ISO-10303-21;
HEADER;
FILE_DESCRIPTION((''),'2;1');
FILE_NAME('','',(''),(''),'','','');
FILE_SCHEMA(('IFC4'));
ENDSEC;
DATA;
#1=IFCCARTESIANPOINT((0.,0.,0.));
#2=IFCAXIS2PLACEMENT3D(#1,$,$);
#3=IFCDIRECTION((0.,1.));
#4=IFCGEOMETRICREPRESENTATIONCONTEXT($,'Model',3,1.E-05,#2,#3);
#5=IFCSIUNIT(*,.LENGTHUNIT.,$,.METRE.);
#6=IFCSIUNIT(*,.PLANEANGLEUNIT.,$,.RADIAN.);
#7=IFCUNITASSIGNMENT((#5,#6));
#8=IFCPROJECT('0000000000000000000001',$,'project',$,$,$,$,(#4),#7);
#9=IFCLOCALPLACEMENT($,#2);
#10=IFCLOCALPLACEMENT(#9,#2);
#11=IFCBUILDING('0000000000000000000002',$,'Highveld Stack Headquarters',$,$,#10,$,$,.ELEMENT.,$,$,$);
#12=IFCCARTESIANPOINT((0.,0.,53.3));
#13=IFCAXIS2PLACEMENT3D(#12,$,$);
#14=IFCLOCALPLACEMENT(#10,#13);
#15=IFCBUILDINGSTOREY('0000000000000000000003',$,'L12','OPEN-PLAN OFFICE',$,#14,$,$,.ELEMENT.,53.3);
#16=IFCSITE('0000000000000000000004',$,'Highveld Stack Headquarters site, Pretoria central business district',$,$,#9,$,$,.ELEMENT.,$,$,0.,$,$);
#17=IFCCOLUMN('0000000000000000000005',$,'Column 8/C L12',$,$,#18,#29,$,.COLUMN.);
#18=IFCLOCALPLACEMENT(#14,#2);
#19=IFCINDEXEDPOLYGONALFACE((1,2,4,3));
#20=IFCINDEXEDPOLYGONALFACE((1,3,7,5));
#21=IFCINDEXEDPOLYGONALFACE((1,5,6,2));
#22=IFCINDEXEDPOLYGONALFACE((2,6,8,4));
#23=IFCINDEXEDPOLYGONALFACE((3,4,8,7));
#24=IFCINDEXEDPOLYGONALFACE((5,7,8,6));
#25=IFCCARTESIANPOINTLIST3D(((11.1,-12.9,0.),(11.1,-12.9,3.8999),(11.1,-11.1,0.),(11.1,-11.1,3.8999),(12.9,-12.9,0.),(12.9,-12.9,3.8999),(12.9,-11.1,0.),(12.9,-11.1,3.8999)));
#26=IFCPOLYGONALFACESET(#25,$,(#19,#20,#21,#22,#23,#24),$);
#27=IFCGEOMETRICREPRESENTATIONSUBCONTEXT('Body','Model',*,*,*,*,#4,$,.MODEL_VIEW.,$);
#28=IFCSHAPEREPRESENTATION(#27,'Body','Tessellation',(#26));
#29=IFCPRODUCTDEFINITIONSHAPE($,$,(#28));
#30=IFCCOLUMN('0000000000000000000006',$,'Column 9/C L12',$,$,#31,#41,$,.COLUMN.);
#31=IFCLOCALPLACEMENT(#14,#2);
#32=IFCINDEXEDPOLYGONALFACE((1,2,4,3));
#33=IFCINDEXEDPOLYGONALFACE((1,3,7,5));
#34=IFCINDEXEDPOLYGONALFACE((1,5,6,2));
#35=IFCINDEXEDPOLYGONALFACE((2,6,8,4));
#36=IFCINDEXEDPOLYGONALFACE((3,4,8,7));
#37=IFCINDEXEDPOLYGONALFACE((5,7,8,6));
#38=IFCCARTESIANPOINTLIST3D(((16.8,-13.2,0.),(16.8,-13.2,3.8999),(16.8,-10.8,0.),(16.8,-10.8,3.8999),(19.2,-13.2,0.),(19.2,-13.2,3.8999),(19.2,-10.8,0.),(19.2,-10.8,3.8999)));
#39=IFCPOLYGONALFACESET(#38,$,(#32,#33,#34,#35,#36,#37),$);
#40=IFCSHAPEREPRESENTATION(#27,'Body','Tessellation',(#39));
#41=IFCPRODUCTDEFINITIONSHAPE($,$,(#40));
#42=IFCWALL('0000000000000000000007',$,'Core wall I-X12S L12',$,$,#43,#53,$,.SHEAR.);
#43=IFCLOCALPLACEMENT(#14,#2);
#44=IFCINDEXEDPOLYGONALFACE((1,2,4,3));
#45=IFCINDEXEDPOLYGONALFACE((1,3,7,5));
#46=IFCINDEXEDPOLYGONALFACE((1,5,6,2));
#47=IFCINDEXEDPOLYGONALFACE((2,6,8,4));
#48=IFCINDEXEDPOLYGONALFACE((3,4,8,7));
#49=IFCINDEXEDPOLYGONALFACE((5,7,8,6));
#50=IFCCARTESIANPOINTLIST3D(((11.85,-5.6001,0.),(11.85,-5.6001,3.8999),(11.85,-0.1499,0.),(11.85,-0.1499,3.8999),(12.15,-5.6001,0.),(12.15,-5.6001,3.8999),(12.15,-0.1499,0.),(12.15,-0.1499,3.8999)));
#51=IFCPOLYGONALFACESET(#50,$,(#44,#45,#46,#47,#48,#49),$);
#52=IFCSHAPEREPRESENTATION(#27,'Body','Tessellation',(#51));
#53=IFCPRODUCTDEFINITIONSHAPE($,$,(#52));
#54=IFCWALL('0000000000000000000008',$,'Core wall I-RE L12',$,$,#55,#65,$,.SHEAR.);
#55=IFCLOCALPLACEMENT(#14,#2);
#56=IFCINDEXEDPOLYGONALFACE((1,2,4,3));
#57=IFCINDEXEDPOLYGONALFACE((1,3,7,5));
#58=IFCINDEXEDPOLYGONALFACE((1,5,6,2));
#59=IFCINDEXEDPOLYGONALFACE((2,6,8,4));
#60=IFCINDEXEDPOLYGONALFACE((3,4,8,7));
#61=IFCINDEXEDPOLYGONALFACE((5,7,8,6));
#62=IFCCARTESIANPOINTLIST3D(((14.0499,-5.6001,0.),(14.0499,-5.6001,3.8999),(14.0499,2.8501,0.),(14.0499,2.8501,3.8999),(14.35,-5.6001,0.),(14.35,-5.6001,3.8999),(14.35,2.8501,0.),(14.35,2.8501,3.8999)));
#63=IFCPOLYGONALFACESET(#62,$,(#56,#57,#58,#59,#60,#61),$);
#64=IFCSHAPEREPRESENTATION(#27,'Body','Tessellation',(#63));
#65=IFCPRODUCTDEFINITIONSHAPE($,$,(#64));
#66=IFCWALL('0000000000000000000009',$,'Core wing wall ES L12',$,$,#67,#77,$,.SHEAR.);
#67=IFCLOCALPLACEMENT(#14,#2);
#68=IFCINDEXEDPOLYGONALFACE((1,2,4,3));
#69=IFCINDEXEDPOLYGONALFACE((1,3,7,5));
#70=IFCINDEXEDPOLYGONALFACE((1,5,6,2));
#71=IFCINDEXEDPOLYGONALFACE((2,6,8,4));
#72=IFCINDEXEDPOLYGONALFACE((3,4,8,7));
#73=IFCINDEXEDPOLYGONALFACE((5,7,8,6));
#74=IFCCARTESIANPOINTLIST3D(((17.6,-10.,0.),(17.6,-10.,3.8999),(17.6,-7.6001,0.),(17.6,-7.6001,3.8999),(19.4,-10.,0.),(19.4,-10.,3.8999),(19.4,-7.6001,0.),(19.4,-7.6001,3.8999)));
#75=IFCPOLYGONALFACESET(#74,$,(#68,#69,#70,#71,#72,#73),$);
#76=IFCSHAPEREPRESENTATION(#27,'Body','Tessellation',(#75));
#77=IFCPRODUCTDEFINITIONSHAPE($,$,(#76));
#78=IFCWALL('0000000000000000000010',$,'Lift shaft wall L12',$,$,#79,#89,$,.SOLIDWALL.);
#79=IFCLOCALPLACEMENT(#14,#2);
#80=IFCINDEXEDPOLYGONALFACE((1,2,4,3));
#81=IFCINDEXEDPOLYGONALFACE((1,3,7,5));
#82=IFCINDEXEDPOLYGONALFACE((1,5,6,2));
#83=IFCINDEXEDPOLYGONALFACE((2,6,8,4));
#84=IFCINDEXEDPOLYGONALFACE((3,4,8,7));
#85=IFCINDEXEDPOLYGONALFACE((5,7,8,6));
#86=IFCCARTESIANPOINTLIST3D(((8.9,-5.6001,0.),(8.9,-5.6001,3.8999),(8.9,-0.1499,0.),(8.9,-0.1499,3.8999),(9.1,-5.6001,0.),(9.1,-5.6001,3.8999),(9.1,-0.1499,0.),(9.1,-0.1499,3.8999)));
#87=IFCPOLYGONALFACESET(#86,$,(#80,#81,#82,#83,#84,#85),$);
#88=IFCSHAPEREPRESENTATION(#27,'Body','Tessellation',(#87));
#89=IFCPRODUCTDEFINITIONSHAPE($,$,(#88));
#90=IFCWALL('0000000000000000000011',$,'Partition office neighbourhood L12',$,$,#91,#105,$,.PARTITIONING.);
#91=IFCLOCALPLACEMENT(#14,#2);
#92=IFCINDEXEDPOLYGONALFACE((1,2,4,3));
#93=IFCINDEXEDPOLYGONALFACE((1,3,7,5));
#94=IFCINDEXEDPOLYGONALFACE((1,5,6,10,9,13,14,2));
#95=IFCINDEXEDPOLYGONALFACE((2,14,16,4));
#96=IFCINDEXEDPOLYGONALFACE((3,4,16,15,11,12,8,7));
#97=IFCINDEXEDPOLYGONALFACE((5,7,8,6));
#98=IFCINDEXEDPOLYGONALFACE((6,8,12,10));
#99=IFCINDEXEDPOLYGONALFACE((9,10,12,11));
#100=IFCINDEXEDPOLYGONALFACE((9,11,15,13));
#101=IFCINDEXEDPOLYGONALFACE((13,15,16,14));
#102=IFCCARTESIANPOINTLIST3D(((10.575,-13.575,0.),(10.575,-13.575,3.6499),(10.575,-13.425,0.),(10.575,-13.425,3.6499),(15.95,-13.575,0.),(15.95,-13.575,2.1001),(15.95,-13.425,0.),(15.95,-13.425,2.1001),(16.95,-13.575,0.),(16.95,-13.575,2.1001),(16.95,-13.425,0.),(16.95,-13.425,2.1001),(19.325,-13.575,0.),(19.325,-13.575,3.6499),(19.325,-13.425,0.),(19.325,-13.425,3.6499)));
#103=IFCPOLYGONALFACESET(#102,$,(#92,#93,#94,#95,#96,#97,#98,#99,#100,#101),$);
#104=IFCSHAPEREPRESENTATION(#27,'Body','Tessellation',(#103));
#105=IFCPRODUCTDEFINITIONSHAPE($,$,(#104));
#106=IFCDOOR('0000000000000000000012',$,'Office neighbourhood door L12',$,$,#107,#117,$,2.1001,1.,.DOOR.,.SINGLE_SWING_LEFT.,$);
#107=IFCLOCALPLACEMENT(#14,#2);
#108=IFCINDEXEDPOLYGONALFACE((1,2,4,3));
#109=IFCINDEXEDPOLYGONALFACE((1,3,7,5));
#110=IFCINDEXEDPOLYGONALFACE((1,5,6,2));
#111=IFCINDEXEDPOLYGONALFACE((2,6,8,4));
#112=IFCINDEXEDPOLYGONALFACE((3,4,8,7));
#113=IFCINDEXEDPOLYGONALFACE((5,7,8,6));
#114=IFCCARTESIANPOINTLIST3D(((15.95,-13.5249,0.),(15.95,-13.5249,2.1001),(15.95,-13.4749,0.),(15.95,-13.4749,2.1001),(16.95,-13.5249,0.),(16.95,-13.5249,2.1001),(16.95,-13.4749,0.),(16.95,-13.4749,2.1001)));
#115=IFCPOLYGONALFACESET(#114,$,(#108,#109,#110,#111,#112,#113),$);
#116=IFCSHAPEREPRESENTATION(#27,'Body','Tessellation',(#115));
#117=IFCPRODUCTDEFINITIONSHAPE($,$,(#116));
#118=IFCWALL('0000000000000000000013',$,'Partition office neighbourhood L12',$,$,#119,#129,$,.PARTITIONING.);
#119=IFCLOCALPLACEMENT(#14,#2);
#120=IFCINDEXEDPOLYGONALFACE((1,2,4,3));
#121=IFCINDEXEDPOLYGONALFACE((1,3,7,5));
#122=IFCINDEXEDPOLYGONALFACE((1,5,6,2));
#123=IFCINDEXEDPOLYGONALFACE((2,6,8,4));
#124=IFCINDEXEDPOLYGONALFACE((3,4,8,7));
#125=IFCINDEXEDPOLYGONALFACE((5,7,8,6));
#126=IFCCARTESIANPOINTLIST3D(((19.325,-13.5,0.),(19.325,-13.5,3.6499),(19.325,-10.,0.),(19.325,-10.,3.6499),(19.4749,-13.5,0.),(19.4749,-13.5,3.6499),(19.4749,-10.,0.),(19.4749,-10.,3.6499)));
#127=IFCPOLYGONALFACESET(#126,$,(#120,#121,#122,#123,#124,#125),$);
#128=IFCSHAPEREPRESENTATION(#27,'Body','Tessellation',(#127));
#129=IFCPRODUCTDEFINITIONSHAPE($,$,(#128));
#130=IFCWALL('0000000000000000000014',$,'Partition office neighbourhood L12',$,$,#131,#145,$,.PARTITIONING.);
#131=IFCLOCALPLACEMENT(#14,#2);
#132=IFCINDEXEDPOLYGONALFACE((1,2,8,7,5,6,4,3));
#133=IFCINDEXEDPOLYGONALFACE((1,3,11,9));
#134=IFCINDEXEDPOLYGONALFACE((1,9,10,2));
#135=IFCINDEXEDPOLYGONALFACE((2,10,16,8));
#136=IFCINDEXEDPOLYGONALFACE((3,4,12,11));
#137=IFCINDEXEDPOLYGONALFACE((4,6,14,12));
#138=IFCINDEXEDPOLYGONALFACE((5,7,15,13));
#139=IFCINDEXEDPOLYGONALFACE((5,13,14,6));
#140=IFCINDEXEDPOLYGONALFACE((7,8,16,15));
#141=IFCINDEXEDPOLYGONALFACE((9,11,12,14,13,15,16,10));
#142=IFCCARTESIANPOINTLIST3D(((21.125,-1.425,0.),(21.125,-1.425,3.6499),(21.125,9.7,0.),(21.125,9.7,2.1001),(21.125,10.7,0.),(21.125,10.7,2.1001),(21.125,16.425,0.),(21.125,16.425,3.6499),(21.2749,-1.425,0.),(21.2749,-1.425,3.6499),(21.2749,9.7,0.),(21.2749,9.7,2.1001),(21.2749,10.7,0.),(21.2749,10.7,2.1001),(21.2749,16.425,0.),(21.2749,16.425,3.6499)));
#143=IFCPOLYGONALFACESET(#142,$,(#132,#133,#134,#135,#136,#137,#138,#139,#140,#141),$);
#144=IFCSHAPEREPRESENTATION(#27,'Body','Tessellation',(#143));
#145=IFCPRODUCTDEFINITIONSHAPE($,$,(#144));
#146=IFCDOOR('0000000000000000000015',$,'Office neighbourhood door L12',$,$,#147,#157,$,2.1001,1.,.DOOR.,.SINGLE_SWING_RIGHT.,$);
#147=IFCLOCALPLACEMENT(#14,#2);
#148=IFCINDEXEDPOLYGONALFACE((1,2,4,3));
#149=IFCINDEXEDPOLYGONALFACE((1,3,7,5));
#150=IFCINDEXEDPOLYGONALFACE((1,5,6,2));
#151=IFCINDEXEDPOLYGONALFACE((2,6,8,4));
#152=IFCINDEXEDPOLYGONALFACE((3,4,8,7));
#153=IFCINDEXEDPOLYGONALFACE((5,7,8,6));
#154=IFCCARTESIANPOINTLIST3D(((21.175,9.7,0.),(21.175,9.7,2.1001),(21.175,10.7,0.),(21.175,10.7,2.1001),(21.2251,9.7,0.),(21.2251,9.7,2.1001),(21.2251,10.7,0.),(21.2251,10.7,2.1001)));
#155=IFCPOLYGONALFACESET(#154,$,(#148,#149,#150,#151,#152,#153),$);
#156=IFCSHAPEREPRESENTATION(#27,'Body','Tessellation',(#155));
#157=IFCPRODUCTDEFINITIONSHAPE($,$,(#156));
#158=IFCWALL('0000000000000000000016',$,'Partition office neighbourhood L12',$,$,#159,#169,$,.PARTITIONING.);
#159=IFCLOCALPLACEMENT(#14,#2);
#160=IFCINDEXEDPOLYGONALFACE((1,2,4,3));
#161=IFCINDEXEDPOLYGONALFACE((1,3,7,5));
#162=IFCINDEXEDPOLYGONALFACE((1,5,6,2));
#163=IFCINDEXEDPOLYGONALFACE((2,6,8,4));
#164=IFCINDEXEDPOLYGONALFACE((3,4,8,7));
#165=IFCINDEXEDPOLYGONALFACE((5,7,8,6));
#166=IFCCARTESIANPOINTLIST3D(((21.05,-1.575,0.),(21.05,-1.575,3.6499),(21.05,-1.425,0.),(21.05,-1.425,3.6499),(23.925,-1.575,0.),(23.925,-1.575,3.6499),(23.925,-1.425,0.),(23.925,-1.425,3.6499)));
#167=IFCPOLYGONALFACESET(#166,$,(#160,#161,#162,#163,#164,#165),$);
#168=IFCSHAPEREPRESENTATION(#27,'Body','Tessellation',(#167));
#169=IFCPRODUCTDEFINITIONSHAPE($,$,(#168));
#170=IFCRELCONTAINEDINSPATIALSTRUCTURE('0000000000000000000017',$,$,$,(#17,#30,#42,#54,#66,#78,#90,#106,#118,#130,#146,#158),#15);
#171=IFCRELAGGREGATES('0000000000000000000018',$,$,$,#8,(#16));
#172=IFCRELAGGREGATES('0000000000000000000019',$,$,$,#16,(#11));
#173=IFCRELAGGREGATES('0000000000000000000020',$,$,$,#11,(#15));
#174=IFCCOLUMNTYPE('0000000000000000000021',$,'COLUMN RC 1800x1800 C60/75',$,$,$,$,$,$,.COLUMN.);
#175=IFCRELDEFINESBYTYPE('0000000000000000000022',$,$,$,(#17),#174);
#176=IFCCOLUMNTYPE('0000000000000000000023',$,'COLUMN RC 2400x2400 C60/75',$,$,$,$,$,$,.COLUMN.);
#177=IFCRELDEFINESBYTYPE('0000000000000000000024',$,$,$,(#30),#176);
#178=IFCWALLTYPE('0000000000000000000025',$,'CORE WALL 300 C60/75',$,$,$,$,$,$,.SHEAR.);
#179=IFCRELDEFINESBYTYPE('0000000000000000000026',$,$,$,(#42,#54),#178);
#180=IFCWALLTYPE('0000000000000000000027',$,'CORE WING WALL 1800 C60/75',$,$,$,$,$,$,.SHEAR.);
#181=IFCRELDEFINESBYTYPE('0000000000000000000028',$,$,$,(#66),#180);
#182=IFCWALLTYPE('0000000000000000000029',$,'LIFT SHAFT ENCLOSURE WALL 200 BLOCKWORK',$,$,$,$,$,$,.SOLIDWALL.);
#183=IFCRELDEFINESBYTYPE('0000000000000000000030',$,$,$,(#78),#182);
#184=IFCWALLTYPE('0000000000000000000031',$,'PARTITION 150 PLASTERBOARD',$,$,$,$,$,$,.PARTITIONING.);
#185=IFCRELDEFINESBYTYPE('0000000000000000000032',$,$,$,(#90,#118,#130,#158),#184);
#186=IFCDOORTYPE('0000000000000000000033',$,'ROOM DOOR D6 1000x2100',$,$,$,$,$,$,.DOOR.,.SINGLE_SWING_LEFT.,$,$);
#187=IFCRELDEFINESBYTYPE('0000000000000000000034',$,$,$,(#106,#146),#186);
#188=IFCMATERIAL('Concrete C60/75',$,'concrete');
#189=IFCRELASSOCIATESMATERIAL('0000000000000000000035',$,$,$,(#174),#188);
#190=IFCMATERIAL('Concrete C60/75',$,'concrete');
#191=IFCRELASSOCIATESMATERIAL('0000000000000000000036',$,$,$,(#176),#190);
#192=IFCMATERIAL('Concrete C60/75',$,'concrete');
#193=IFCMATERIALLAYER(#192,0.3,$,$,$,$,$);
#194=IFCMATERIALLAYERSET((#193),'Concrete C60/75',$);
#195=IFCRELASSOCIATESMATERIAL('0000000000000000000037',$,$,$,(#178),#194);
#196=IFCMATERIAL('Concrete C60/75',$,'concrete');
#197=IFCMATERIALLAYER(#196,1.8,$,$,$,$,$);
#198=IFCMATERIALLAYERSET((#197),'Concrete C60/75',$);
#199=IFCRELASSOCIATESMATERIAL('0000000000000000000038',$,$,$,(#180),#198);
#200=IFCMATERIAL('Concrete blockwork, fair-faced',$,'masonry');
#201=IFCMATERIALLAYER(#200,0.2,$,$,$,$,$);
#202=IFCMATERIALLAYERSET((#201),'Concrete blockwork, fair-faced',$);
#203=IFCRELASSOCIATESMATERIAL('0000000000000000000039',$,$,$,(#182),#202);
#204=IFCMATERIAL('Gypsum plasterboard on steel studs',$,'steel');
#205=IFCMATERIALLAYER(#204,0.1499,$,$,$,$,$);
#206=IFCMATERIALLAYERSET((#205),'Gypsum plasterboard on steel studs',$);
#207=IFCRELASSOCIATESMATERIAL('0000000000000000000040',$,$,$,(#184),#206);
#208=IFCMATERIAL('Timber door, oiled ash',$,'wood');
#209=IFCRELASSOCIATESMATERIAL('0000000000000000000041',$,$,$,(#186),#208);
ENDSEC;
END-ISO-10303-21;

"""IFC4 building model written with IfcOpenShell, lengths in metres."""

from ifc_helpers import new_model, si_unit, direction, frame, frame_2d, origin, origin_2d, place, context, subcontext, project, spatial, rectangle, extrude, material, layer, layer_set, material_profile, profile_set, type_object, element, fill, save


model = new_model("IFC4")

# Units and contexts
model_context = context("Model", 3, precision=1e-05, world=origin(), true_north=direction((0.0, 1.0)))
body_context = subcontext(model_context, "Body", "Model", "MODEL_VIEW")
ifc_project = project(units=[si_unit("LENGTHUNIT", "METRE"), si_unit("PLANEANGLEUNIT", "RADIAN")], contexts=[model_context])

# Site, building, storey
site_placement = place(None, origin())
site = spatial("IfcSite", under=ifc_project, at=site_placement, Name="Highveld Stack Headquarters site, Pretoria central business district", CompositionType="ELEMENT", RefElevation=0.0)
building_placement = place(site_placement, origin())
building = spatial("IfcBuilding", under=site, at=building_placement, Name="Highveld Stack Headquarters", CompositionType="ELEMENT")
storey_placement = place(building_placement, frame((0.0, 0.0, 53.3)))
storey = spatial("IfcBuildingStorey", under=building, at=storey_placement, Name="L12", Description="OPEN-PLAN OFFICE", CompositionType="ELEMENT", Elevation=53.3)

# Columns
ifc_material_1 = material(Name="Concrete C60/75", Category="concrete")
ifc_material_profile_1 = material_profile(ifc_material_1, rectangle(XDim=1.8, YDim=1.8, at=origin_2d()), Name="RC 1800x1800")
ifc_profile_set_1 = profile_set([ifc_material_profile_1], Name="Concrete C60/75")
column_type_1 = type_object("IfcColumnType", Name="COLUMN RC 1800x1800 C60/75", PredefinedType="COLUMN", material=ifc_profile_set_1)
column_1_placement = place(storey_placement, frame((12.0, -12.0, 0.0), z_axis=(0.0, 0.0, 1.0), x_axis=(1.0, 0.0, 0.0)))
element("IfcColumn", 1, at=column_1_placement, inside=storey, type_object=column_type_1, Name="Column 8/C L12", PredefinedType="COLUMN", context=body_context, shape_type="SweptSolid", body=[
    extrude(rectangle(XDim=1.8, YDim=1.8, at=origin_2d()), origin(), (0.0, 0.0, 1.0), 3.8999),
])
ifc_material_2 = material(Name="Concrete C60/75", Category="concrete")
ifc_material_profile_2 = material_profile(ifc_material_2, rectangle(XDim=2.3999, YDim=2.3999, at=origin_2d()), Name="RC 2400x2400")
ifc_profile_set_2 = profile_set([ifc_material_profile_2], Name="Concrete C60/75")
column_type_2 = type_object("IfcColumnType", Name="COLUMN RC 2400x2400 C60/75", PredefinedType="COLUMN", material=ifc_profile_set_2)
column_2_placement = place(storey_placement, frame((18.0, -12.0, 0.0), z_axis=(0.0, 0.0, 1.0), x_axis=(1.0, 0.0, 0.0)))
element("IfcColumn", 2, at=column_2_placement, inside=storey, type_object=column_type_2, Name="Column 9/C L12", PredefinedType="COLUMN", context=body_context, shape_type="SweptSolid", body=[
    extrude(rectangle(XDim=2.3999, YDim=2.3999, at=origin_2d()), origin(), (0.0, 0.0, 1.0), 3.8999),
])

# Walls
ifc_material_3 = material(Name="Concrete C60/75", Category="concrete")
ifc_layer_1 = layer(ifc_material_3, 0.3)
ifc_layer_set_1 = layer_set([ifc_layer_1], Name="Concrete C60/75")
wall_type_1 = type_object("IfcWallType", Name="CORE WALL 300 C60/75", PredefinedType="SHEAR", material=ifc_layer_set_1)
wall_1_placement = place(storey_placement, frame((12.0, -5.6001, 0.0), z_axis=(0.0, 0.0, 1.0), x_axis=(0.0, 1.0, 0.0)))
element("IfcWall", 3, at=wall_1_placement, inside=storey, type_object=wall_type_1, Name="Core wall I-X12S L12", PredefinedType="SHEAR", context=body_context, shape_type="SweptSolid", body=[
    extrude(rectangle(XDim=5.4502, YDim=0.3, at=frame_2d((2.7251, 0.0))), origin(), (0.0, 0.0, 1.0), 3.8999),
])
wall_2_placement = place(storey_placement, frame((14.2, -5.6001, 0.0), z_axis=(0.0, 0.0, 1.0), x_axis=(0.0, 1.0, 0.0)))
element("IfcWall", 4, at=wall_2_placement, inside=storey, type_object=wall_type_1, Name="Core wall I-RE L12", PredefinedType="SHEAR", context=body_context, shape_type="SweptSolid", body=[
    extrude(rectangle(XDim=8.4502, YDim=0.3, at=frame_2d((4.2251, 0.0))), origin(), (0.0, 0.0, 1.0), 3.8999),
])
ifc_material_4 = material(Name="Concrete C60/75", Category="concrete")
ifc_layer_2 = layer(ifc_material_4, 1.8)
ifc_layer_set_2 = layer_set([ifc_layer_2], Name="Concrete C60/75")
wall_type_2 = type_object("IfcWallType", Name="CORE WING WALL 1800 C60/75", PredefinedType="SHEAR", material=ifc_layer_set_2)
wall_3_placement = place(storey_placement, frame((18.5, -10.0, 0.0), z_axis=(0.0, 0.0, 1.0), x_axis=(0.0, 1.0, 0.0)))
element("IfcWall", 5, at=wall_3_placement, inside=storey, type_object=wall_type_2, Name="Core wing wall ES L12", PredefinedType="SHEAR", context=body_context, shape_type="SweptSolid", body=[
    extrude(rectangle(XDim=2.3999, YDim=1.8, at=frame_2d((1.2, 0.0))), origin(), (0.0, 0.0, 1.0), 3.8999),
])
ifc_material_5 = material(Name="Concrete blockwork, fair-faced", Category="masonry")
ifc_layer_3 = layer(ifc_material_5, 0.2)
ifc_layer_set_3 = layer_set([ifc_layer_3], Name="Concrete blockwork, fair-faced")
wall_type_3 = type_object("IfcWallType", Name="LIFT SHAFT ENCLOSURE WALL 200 BLOCKWORK", PredefinedType="SOLIDWALL", material=ifc_layer_set_3)
wall_4_placement = place(storey_placement, frame((9.0, -5.6001, 0.0), z_axis=(0.0, 0.0, 1.0), x_axis=(0.0, 1.0, 0.0)))
element("IfcWall", 6, at=wall_4_placement, inside=storey, type_object=wall_type_3, Name="Lift shaft wall L12", PredefinedType="SOLIDWALL", context=body_context, shape_type="SweptSolid", body=[
    extrude(rectangle(XDim=5.4502, YDim=0.2, at=frame_2d((2.7251, 0.0))), origin(), (0.0, 0.0, 1.0), 3.8999),
])

# Wall, opening, door
ifc_material_6 = material(Name="Gypsum plasterboard on steel studs", Category="steel")
ifc_layer_4 = layer(ifc_material_6, 0.1499)
ifc_layer_set_4 = layer_set([ifc_layer_4], Name="Gypsum plasterboard on steel studs")
wall_type_4 = type_object("IfcWallType", Name="PARTITION 150 PLASTERBOARD", PredefinedType="PARTITIONING", material=ifc_layer_set_4)
wall_5_placement = place(storey_placement, frame((19.325, -13.5, 0.0), z_axis=(0.0, 0.0, 1.0), x_axis=(-1.0, 0.0, 0.0)))
wall_5 = element("IfcWall", 7, at=wall_5_placement, inside=storey, type_object=wall_type_4, Name="Partition office neighbourhood L12", PredefinedType="PARTITIONING", context=body_context, shape_type="SweptSolid", body=[
    extrude(rectangle(XDim=8.75, YDim=0.1499, at=frame_2d((4.375, 0.0))), origin(), (0.0, 0.0, 1.0), 3.6499),
])
opening_1_placement = place(wall_5_placement, frame((2.375, 0.0, 0.0)))
opening_1 = element("IfcOpeningElement", 8, at=opening_1_placement, cuts=wall_5, PredefinedType="OPENING", context=body_context, shape_type="SweptSolid", body=[
    extrude(rectangle(XDim=1.0, YDim=2.1001, at=frame_2d((0.5, 1.05))), frame((0.0, 0.085, 0.0), z_axis=(0.0, -1.0, 0.0), x_axis=(1.0, 0.0, 0.0)), (0.0, 0.0, 1.0), 0.1699),
])
ifc_material_7 = material(Name="Timber door, oiled ash", Category="wood")
door_type_1 = type_object("IfcDoorType", Name="ROOM DOOR D6 1000x2100", OperationType="SINGLE_SWING_LEFT", PredefinedType="DOOR", material=ifc_material_7)
door_1_placement = place(opening_1_placement, origin())
door_1 = element("IfcDoor", 9, at=door_1_placement, inside=storey, type_object=door_type_1, Name="Office neighbourhood door L12", OperationType="SINGLE_SWING_LEFT", OverallHeight=2.1001, OverallWidth=1.0, PredefinedType="DOOR", context=body_context, shape_type="SweptSolid", body=[
    extrude(rectangle(XDim=1.0, YDim=2.1001, at=frame_2d((0.5, 1.05))), frame((0.0, 0.0249, 0.0), z_axis=(0.0, -1.0, 0.0), x_axis=(1.0, 0.0, 0.0)), (0.0, 0.0, 1.0), 0.05),
])
fill(opening_1, door_1)

# Wall
wall_6_placement = place(storey_placement, frame((19.3999, -13.5, 0.0), z_axis=(0.0, 0.0, 1.0), x_axis=(0.0, 1.0, 0.0)))
element("IfcWall", 10, at=wall_6_placement, inside=storey, type_object=wall_type_4, Name="Partition office neighbourhood L12", PredefinedType="PARTITIONING", context=body_context, shape_type="SweptSolid", body=[
    extrude(rectangle(XDim=3.5, YDim=0.1499, at=frame_2d((1.75, 0.0))), origin(), (0.0, 0.0, 1.0), 3.6499),
])

# Wall, opening, door
wall_7_placement = place(storey_placement, frame((21.2, -1.425, 0.0), z_axis=(0.0, 0.0, 1.0), x_axis=(0.0, 1.0, 0.0)))
wall_7 = element("IfcWall", 11, at=wall_7_placement, inside=storey, type_object=wall_type_4, Name="Partition office neighbourhood L12", PredefinedType="PARTITIONING", context=body_context, shape_type="SweptSolid", body=[
    extrude(rectangle(XDim=17.8501, YDim=0.1499, at=frame_2d((8.925, 0.0))), origin(), (0.0, 0.0, 1.0), 3.6499),
])
opening_2_placement = place(wall_7_placement, frame((11.125, 0.0, 0.0)))
opening_2 = element("IfcOpeningElement", 12, at=opening_2_placement, cuts=wall_7, PredefinedType="OPENING", context=body_context, shape_type="SweptSolid", body=[
    extrude(rectangle(XDim=1.0, YDim=2.1001, at=frame_2d((0.5, 1.05))), frame((0.0, 0.085, 0.0), z_axis=(0.0, -1.0, 0.0), x_axis=(1.0, 0.0, 0.0)), (0.0, 0.0, 1.0), 0.1699),
])
door_2_placement = place(opening_2_placement, origin())
door_2 = element("IfcDoor", 13, at=door_2_placement, inside=storey, type_object=door_type_1, Name="Office neighbourhood door L12", OperationType="SINGLE_SWING_RIGHT", OverallHeight=2.1001, OverallWidth=1.0, PredefinedType="DOOR", context=body_context, shape_type="SweptSolid", body=[
    extrude(rectangle(XDim=1.0, YDim=2.1001, at=frame_2d((0.5, 1.05))), frame((0.0, 0.0249, 0.0), z_axis=(0.0, -1.0, 0.0), x_axis=(1.0, 0.0, 0.0)), (0.0, 0.0, 1.0), 0.05),
])
fill(opening_2, door_2)

# Wall
wall_8_placement = place(storey_placement, frame((21.05, -1.5, 0.0), z_axis=(0.0, 0.0, 1.0), x_axis=(1.0, 0.0, 0.0)))
element("IfcWall", 14, at=wall_8_placement, inside=storey, type_object=wall_type_4, Name="Partition office neighbourhood L12", PredefinedType="PARTITIONING", context=body_context, shape_type="SweptSolid", body=[
    extrude(rectangle(XDim=2.875, YDim=0.1499, at=frame_2d((1.4375, 0.0))), origin(), (0.0, 0.0, 1.0), 3.6499),
])

save(model, "model.ifc")
